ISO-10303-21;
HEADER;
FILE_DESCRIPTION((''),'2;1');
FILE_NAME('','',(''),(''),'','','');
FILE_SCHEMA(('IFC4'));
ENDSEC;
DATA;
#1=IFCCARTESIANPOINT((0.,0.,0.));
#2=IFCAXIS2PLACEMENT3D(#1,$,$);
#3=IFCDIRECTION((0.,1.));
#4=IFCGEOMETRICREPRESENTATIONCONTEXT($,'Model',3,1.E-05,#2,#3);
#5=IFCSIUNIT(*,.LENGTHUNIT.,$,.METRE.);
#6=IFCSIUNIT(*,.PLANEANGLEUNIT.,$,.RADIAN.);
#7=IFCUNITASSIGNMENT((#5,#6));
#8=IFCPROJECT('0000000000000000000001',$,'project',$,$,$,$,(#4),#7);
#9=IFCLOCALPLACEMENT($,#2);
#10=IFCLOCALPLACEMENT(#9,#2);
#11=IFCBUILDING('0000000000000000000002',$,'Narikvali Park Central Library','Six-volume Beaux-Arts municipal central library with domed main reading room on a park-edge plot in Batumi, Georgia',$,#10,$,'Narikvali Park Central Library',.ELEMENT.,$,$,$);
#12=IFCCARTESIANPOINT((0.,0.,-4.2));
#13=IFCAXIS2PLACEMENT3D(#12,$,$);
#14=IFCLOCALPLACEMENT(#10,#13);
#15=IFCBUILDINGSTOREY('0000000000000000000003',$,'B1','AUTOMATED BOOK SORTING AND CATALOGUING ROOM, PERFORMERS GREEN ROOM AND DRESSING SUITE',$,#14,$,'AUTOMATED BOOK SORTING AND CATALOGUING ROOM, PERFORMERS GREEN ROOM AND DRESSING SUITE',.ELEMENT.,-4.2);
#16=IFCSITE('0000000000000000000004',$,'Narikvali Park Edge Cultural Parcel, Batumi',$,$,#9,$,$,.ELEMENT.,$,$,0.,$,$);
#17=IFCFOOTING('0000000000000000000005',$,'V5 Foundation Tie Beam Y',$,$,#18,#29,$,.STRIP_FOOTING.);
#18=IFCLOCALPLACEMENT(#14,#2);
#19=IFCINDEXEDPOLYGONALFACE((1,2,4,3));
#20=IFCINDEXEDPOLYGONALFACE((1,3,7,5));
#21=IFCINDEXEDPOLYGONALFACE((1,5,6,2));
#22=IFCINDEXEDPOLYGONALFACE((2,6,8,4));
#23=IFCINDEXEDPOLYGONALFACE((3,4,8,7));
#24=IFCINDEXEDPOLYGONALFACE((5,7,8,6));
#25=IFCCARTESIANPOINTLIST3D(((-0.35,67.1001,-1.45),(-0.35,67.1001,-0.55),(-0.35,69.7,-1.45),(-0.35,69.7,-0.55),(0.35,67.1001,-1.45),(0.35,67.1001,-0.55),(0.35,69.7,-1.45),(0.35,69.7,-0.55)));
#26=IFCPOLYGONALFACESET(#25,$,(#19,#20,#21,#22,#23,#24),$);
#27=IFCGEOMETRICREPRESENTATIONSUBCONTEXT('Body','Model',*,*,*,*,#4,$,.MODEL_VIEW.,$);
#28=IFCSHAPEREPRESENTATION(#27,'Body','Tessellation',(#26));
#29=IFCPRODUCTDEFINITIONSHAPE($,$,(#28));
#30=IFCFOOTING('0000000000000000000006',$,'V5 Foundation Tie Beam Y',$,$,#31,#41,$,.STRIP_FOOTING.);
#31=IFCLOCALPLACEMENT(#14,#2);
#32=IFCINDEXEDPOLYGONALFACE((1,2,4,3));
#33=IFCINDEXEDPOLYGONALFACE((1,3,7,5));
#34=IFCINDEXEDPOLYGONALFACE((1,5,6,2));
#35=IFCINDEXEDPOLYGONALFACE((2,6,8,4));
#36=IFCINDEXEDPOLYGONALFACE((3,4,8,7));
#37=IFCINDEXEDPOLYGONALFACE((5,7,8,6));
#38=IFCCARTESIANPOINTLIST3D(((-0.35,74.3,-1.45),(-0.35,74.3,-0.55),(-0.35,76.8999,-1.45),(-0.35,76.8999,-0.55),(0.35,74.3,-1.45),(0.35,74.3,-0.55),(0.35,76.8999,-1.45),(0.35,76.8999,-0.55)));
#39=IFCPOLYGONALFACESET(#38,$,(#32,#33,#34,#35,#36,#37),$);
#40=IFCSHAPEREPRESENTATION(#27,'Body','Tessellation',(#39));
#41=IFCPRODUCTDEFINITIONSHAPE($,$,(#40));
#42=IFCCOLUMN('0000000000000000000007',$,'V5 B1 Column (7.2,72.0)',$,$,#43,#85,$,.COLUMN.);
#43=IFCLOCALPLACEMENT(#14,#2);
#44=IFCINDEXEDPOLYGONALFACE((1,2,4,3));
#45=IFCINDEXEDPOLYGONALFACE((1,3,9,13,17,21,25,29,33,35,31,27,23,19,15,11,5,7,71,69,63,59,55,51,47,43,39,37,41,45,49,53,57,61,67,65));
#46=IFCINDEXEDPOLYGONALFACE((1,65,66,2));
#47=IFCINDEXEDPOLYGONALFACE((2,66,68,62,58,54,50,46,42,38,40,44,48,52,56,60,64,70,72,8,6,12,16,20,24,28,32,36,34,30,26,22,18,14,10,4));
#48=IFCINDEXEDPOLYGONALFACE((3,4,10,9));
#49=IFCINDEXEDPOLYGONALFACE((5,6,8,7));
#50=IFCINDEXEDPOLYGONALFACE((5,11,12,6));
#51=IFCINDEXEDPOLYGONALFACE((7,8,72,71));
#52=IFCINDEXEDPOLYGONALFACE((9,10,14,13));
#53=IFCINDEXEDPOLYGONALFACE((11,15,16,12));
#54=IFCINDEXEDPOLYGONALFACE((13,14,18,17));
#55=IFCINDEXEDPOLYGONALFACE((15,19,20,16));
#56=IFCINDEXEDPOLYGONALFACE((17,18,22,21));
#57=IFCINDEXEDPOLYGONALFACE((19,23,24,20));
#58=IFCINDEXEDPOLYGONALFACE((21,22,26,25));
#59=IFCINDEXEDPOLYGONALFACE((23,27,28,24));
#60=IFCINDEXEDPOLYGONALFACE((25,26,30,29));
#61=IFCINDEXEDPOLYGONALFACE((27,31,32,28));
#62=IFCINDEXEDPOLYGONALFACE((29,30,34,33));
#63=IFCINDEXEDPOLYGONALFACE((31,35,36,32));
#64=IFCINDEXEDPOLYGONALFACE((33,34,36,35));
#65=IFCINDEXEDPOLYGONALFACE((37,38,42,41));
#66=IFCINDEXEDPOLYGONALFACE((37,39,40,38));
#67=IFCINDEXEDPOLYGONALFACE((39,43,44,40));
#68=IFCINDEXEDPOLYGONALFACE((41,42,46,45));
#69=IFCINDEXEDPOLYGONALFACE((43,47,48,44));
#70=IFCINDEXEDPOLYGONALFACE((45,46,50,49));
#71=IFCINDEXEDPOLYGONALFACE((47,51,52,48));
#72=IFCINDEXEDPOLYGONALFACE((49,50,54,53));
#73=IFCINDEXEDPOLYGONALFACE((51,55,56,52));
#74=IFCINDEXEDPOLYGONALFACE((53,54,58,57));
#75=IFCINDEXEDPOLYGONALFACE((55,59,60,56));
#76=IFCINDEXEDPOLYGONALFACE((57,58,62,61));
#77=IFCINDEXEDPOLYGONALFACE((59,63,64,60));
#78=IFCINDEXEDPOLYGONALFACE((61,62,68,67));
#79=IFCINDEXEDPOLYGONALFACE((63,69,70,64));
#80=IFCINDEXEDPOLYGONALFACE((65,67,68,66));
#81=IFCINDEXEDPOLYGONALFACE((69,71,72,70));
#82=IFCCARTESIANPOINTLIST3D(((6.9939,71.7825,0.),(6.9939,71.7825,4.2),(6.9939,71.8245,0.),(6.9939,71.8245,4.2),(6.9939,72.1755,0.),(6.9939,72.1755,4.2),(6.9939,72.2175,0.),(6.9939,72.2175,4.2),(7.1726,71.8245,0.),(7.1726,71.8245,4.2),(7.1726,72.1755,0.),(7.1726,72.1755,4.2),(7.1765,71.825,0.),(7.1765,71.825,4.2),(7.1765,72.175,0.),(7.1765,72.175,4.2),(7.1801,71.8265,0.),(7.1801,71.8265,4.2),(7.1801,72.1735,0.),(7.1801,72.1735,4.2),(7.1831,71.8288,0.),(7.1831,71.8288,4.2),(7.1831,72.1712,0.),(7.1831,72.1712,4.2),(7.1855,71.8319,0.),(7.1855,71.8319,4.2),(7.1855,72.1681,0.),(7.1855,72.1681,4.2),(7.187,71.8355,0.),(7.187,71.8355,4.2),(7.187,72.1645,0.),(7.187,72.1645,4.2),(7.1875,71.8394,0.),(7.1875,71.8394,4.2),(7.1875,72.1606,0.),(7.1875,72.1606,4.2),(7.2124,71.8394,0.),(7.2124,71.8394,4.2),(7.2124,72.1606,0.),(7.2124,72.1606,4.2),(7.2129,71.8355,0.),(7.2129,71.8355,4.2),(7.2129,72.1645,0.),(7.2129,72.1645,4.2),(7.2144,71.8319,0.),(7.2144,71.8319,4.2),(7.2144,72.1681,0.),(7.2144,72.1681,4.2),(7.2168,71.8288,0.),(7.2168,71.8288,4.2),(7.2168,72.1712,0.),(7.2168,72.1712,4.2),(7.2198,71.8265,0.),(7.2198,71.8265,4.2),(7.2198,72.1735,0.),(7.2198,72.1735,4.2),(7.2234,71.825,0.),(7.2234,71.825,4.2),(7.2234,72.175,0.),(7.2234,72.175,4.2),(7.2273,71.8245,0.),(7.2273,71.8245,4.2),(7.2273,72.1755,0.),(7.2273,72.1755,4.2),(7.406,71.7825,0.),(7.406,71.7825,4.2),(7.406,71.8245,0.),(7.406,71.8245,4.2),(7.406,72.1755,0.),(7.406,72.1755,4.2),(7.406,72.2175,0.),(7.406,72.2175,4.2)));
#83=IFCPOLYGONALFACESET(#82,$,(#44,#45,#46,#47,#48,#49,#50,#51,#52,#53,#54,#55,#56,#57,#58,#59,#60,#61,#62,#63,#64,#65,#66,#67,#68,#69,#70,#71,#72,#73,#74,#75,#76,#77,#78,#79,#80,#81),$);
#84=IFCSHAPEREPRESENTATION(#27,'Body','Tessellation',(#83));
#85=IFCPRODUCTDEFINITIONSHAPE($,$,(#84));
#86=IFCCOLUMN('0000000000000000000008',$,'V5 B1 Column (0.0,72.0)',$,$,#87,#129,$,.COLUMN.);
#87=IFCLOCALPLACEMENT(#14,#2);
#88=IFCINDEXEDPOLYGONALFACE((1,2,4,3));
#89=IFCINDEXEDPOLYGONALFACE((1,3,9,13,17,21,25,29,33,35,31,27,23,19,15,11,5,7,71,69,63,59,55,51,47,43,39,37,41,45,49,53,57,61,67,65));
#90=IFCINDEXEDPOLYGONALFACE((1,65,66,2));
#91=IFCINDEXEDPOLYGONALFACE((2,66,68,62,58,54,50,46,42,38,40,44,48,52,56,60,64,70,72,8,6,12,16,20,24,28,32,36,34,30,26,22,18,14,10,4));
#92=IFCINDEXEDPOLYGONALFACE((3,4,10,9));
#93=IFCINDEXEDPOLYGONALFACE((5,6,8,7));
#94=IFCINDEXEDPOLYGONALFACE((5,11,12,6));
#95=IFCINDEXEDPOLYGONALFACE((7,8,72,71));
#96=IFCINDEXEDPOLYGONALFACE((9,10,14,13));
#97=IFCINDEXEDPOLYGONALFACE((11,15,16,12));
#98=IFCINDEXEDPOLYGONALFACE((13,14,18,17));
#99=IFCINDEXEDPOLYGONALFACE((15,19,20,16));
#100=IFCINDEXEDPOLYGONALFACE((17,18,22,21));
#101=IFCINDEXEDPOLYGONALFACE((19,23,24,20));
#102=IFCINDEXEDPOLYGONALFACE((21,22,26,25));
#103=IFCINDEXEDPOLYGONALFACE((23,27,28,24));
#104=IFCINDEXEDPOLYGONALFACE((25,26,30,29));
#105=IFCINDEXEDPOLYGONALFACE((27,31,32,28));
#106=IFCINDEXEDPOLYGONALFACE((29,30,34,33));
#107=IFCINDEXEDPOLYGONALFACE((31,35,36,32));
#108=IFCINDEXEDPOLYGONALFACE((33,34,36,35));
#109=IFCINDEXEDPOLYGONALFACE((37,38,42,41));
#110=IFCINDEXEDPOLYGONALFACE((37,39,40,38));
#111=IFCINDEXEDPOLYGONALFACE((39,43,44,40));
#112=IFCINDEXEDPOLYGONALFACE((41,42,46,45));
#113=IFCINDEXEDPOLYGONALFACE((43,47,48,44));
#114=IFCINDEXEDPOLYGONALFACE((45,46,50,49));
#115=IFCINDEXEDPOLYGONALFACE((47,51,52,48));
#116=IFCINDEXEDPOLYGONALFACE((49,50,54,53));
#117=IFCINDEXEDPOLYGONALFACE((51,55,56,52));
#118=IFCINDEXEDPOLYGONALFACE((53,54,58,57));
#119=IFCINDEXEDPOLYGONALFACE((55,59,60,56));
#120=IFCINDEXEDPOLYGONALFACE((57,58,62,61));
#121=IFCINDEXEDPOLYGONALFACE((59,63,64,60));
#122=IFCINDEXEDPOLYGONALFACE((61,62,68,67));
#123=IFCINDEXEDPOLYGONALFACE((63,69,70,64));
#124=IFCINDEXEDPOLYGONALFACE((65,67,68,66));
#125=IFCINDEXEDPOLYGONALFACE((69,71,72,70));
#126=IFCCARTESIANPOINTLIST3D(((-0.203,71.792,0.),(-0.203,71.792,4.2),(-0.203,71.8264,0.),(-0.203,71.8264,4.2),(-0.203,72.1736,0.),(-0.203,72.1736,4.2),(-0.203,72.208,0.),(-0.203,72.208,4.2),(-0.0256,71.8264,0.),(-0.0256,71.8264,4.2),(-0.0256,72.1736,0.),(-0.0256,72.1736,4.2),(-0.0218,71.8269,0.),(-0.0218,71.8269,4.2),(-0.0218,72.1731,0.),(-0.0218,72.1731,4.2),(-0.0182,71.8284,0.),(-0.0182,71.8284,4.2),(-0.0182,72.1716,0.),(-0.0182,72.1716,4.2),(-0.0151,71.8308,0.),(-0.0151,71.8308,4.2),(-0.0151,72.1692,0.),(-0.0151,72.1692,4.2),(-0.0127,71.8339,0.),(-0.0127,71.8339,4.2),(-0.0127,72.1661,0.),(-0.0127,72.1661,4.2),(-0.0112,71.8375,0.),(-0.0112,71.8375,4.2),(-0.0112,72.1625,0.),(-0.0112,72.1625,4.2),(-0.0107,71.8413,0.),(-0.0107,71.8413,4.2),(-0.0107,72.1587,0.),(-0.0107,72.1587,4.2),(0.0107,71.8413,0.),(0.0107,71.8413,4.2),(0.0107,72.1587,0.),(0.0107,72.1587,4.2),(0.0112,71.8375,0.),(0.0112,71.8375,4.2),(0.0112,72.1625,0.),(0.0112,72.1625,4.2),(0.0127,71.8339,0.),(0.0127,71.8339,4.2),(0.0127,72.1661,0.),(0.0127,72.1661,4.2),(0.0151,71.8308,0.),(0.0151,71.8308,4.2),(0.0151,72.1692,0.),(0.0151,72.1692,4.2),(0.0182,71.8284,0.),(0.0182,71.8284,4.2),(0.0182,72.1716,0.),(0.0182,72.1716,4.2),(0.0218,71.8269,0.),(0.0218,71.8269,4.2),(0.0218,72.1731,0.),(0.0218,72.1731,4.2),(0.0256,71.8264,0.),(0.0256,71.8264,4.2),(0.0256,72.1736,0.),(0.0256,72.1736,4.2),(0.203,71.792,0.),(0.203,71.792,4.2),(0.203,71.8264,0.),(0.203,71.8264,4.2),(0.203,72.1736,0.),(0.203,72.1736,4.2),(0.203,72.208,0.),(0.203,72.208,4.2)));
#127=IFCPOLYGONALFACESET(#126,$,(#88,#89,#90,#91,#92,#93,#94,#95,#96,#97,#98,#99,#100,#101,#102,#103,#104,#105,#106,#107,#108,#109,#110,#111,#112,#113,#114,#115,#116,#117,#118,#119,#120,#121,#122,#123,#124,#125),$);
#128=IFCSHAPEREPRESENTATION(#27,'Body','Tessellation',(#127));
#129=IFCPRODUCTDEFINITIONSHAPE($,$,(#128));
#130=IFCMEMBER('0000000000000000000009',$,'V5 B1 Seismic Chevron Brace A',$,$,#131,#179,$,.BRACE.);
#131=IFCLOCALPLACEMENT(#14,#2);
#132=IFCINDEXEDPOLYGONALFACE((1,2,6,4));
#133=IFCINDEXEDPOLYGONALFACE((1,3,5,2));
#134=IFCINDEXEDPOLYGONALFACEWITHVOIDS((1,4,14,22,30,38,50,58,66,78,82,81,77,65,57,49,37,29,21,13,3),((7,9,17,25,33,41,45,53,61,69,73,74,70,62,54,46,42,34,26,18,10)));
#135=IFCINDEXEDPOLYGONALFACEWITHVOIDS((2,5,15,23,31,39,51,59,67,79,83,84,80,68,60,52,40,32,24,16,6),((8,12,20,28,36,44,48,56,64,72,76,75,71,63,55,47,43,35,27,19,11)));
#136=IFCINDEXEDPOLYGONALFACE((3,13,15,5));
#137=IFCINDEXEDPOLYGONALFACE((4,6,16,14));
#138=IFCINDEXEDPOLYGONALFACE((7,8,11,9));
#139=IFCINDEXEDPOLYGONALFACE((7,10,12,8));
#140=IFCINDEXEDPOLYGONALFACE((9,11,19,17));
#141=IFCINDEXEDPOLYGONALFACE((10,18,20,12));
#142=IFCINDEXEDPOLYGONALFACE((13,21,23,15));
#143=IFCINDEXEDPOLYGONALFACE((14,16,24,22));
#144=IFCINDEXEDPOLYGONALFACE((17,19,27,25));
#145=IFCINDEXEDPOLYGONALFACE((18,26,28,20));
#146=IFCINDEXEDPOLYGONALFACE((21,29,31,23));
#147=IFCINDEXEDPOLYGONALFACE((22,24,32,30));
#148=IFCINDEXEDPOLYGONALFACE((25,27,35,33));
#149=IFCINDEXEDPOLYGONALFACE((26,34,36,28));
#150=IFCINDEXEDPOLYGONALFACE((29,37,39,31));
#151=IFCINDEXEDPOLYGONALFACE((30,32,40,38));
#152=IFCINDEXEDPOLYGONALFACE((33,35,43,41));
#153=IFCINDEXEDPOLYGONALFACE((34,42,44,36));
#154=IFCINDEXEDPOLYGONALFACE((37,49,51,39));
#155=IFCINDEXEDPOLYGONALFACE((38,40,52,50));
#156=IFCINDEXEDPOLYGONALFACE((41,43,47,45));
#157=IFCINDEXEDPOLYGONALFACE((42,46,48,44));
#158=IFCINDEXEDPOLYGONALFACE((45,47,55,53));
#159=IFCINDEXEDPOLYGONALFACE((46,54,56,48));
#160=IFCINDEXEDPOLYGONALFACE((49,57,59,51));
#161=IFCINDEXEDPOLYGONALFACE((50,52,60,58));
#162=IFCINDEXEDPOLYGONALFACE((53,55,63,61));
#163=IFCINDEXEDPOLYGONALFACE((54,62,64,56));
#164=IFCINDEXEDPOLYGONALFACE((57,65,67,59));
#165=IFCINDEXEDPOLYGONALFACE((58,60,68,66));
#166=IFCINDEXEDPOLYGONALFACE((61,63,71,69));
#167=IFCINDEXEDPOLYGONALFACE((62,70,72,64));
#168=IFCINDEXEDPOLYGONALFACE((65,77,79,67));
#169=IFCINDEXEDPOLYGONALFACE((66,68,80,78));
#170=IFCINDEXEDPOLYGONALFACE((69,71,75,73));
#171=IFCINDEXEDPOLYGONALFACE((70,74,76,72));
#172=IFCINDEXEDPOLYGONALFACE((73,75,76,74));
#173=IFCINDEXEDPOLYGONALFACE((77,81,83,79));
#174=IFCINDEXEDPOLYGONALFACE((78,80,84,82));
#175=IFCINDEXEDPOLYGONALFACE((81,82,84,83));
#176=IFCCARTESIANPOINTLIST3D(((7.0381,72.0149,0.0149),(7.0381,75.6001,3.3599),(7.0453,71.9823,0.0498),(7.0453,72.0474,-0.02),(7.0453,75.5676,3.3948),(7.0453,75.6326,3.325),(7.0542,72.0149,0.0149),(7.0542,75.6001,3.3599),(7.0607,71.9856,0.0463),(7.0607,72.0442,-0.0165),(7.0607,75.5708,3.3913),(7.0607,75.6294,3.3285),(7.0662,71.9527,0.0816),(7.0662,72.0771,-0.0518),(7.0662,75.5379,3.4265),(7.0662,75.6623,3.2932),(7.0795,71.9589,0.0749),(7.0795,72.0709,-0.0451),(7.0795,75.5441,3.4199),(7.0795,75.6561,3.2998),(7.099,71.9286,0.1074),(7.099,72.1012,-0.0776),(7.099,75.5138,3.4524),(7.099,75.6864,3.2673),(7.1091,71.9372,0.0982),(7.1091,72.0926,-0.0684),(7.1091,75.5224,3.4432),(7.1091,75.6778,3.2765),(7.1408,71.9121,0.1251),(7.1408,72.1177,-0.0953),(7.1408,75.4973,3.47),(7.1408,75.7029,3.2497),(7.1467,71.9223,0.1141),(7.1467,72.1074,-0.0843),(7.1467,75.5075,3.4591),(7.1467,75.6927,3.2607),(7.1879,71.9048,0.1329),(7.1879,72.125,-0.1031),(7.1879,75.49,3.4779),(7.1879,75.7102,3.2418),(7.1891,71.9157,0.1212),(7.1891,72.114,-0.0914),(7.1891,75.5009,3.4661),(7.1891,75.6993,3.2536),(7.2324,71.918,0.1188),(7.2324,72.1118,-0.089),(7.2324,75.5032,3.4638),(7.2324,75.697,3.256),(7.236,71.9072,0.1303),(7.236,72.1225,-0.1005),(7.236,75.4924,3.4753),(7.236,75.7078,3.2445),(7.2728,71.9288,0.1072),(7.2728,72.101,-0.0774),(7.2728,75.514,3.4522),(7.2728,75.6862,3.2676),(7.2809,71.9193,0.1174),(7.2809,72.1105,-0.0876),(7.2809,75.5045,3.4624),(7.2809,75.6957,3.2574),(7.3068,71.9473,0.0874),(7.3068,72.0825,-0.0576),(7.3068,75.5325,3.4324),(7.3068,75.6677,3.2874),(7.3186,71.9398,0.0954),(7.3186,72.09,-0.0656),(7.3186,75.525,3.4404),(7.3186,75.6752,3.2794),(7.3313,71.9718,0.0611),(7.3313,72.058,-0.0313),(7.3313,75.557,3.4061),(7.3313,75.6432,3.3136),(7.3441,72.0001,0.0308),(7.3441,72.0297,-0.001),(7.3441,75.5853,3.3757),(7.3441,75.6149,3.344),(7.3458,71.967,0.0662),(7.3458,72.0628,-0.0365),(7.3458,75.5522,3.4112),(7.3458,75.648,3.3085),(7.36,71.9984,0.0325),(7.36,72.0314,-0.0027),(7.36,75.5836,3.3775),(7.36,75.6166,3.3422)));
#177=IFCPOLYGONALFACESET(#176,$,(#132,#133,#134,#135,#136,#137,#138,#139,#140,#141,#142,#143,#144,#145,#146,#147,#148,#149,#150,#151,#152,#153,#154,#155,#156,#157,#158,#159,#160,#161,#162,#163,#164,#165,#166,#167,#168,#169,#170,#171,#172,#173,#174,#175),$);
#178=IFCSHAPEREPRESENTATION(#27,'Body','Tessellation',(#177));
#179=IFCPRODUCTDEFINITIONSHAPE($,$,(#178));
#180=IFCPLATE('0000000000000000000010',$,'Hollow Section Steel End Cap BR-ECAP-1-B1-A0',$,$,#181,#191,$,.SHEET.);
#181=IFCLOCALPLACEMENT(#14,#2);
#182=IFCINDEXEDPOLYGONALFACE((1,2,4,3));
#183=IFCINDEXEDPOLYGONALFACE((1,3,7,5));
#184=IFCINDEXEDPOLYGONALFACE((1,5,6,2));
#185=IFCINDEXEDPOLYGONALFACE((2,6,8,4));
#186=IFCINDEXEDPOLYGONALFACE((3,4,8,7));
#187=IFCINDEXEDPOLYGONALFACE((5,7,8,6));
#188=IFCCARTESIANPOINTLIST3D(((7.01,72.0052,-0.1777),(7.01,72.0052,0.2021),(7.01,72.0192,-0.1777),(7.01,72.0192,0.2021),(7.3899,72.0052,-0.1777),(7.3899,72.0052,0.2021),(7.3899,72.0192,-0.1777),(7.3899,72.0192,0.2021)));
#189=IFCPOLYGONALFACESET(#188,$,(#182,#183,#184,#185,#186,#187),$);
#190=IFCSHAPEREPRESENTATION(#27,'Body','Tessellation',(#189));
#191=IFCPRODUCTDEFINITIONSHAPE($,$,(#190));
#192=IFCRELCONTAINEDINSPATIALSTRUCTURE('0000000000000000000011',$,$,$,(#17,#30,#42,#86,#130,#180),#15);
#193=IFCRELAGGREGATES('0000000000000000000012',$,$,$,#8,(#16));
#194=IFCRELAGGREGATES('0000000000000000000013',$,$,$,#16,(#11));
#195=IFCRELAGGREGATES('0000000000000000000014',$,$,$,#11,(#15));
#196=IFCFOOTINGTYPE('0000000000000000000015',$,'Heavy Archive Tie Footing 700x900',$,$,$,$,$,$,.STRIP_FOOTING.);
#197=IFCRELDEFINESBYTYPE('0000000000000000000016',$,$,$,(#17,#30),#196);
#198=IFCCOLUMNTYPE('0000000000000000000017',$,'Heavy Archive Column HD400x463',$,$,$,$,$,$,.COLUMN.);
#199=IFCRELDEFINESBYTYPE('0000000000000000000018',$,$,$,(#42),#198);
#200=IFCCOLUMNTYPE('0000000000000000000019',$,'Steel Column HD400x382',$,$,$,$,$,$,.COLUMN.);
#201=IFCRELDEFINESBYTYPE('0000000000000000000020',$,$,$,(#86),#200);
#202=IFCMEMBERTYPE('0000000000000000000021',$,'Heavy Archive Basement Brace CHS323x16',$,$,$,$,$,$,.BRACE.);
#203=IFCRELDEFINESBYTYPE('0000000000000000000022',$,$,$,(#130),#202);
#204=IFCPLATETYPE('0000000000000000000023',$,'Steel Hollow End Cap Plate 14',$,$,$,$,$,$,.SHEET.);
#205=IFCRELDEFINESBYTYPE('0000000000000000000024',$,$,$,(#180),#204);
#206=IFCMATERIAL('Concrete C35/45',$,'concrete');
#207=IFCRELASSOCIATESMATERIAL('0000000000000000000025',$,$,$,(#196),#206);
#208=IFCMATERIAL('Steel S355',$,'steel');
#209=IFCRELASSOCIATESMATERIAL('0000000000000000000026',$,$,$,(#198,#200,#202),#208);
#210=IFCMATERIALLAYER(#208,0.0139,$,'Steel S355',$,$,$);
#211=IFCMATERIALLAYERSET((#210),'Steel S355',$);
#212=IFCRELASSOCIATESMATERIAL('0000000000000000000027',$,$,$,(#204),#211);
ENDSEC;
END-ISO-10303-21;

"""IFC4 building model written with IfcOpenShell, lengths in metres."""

from ifc_helpers import new_model, si_unit, direction, frame, origin, origin_2d, place, context, subcontext, project, spatial, rectangle, hollow_circle, i_section, extrude, material, layer, layer_set, material_profile, profile_set, type_object, element, save


model = new_model("IFC4")

# Units and contexts
model_context = context("Model", 3, precision=1e-05, world=origin(), true_north=direction((0.0, 1.0)))
body_context = subcontext(model_context, "Body", "Model", "MODEL_VIEW")
ifc_project = project(units=[si_unit("LENGTHUNIT", "METRE"), si_unit("PLANEANGLEUNIT", "RADIAN")], contexts=[model_context])

# Site, building, storey
site_placement = place(None, origin())
site = spatial("IfcSite", under=ifc_project, at=site_placement, Name="Narikvali Park Edge Cultural Parcel, Batumi", CompositionType="ELEMENT", RefElevation=0.0)
building_placement = place(site_placement, origin())
building = spatial("IfcBuilding", under=site, at=building_placement, Name="Narikvali Park Central Library", Description="Six-volume Beaux-Arts municipal central library with domed main reading room on a park-edge plot in Batumi, Georgia", LongName="Narikvali Park Central Library", CompositionType="ELEMENT")
storey_placement = place(building_placement, frame((0.0, 0.0, -4.2)))
storey = spatial("IfcBuildingStorey", under=building, at=storey_placement, Name="B1", Description="AUTOMATED BOOK SORTING AND CATALOGUING ROOM, PERFORMERS GREEN ROOM AND DRESSING SUITE", LongName="AUTOMATED BOOK SORTING AND CATALOGUING ROOM, PERFORMERS GREEN ROOM AND DRESSING SUITE", CompositionType="ELEMENT", Elevation=-4.2)

# Shared definitions
ifc_material_1 = material(Name="Concrete C35/45", Category="concrete")

# Footings
ifc_material_profile_1 = material_profile(ifc_material_1, rectangle(XDim=0.7, YDim=0.8999, at=origin_2d()), Name="RC GB 700x900")
ifc_profile_set_1 = profile_set([ifc_material_profile_1], Name="Concrete C35/45")
footing_type_1 = type_object("IfcFootingType", Name="Heavy Archive Tie Footing 700x900", PredefinedType="STRIP_FOOTING", material=ifc_profile_set_1)
for number, where, z_axis, x_axis, name in (
    (1, (0.0, 67.1001, -1.0), (0.0, 1.0, 0.0), (-1.0, 0.0, 0.0), "V5 Foundation Tie Beam Y"),
    (2, (0.0, 74.3, -1.0), (0.0, 1.0, 0.0), (-1.0, 0.0, 0.0), "V5 Foundation Tie Beam Y"),
):
    element("IfcFooting", number, at=place(storey_placement, frame(where, z_axis=z_axis, x_axis=x_axis)), inside=storey, type_object=footing_type_1, Name=name, PredefinedType="STRIP_FOOTING", context=body_context, shape_type="SweptSolid", body=[
        extrude(rectangle(XDim=0.7, YDim=0.8999, at=origin_2d()), origin(), (0.0, 0.0, 1.0), 2.5999),
    ])

# Columns
ifc_material_2 = material(Name="Steel S355", Category="steel")
ifc_material_profile_2 = material_profile(ifc_material_2, i_section(OverallWidth=0.4121, OverallDepth=0.4351, WebThickness=0.0249, FlangeThickness=0.042, FilletRadius=0.0149, at=origin_2d()), Name="HD 400x463")
ifc_profile_set_2 = profile_set([ifc_material_profile_2], Name="Steel S355")
column_type_1 = type_object("IfcColumnType", Name="Heavy Archive Column HD400x463", PredefinedType="COLUMN", material=ifc_profile_set_2)
column_1_placement = place(storey_placement, frame((7.2, 72.0, 0.0), z_axis=(0.0, 0.0, 1.0), x_axis=(1.0, 0.0, 0.0)))
element("IfcColumn", 3, at=column_1_placement, inside=storey, type_object=column_type_1, Name="V5 B1 Column (7.2,72.0)", PredefinedType="COLUMN", context=body_context, shape_type="SweptSolid", body=[
    extrude(i_section(OverallWidth=0.4121, OverallDepth=0.4351, WebThickness=0.0249, FlangeThickness=0.042, FilletRadius=0.0149, at=origin_2d()), origin(), (0.0, 0.0, 1.0), 4.2),
])
ifc_material_profile_3 = material_profile(ifc_material_2, i_section(OverallWidth=0.406, OverallDepth=0.416, WebThickness=0.0215, FlangeThickness=0.0344, FilletRadius=0.0149, at=origin_2d()), Name="HD 400x382")
ifc_profile_set_3 = profile_set([ifc_material_profile_3], Name="Steel S355")
column_type_2 = type_object("IfcColumnType", Name="Steel Column HD400x382", PredefinedType="COLUMN", material=ifc_profile_set_3)
column_2_placement = place(storey_placement, frame((0.0, 72.0, 0.0), z_axis=(0.0, 0.0, 1.0), x_axis=(1.0, 0.0, 0.0)))
element("IfcColumn", 4, at=column_2_placement, inside=storey, type_object=column_type_2, Name="V5 B1 Column (0.0,72.0)", PredefinedType="COLUMN", context=body_context, shape_type="SweptSolid", body=[
    extrude(i_section(OverallWidth=0.406, OverallDepth=0.416, WebThickness=0.0215, FlangeThickness=0.0344, FilletRadius=0.0149, at=origin_2d()), origin(), (0.0, 0.0, 1.0), 4.2),
])

# Member
ifc_material_profile_4 = material_profile(ifc_material_2, hollow_circle(Radius=0.1619, WallThickness=0.0161, at=origin_2d()), Name="CHS 323.9x16")
ifc_profile_set_4 = profile_set([ifc_material_profile_4], Name="Steel S355")
member_type = type_object("IfcMemberType", Name="Heavy Archive Basement Brace CHS323x16", PredefinedType="BRACE", material=ifc_profile_set_4)
member_placement = place(storey_placement, frame((7.2, 72.0149, 0.0149), z_axis=(0.0, 0.731179, 0.682185), x_axis=(-1.0, 0.0, 0.0)))
element("IfcMember", 5, at=member_placement, inside=storey, type_object=member_type, Name="V5 B1 Seismic Chevron Brace A", PredefinedType="BRACE", context=body_context, shape_type="SweptSolid", body=[
    extrude(hollow_circle(Radius=0.1619, WallThickness=0.0161, at=origin_2d()), origin(), (0.0, 0.0, 1.0), 4.9033),
])

# Plate
ifc_layer_1 = layer(ifc_material_2, 0.0139, Name="Steel S355")
ifc_layer_set_1 = layer_set([ifc_layer_1], Name="Steel S355")
plate_type_1 = type_object("IfcPlateType", Name="Steel Hollow End Cap Plate 14", PredefinedType="SHEET", material=ifc_layer_set_1)
plate_1_placement = place(storey_placement, frame((7.2, 72.0122, -0.1777), z_axis=(0.0, 0.0, 1.0), x_axis=(-1.0, 0.0, 0.0)))
element("IfcPlate", 6, at=plate_1_placement, inside=storey, type_object=plate_type_1, Name="Hollow Section Steel End Cap BR-ECAP-1-B1-A0", PredefinedType="SHEET", context=body_context, shape_type="SweptSolid", body=[
    extrude(rectangle(XDim=0.3799, YDim=0.0139, at=origin_2d()), origin(), (0.0, 0.0, 1.0), 0.3799),
])

save(model, "model.ifc")
